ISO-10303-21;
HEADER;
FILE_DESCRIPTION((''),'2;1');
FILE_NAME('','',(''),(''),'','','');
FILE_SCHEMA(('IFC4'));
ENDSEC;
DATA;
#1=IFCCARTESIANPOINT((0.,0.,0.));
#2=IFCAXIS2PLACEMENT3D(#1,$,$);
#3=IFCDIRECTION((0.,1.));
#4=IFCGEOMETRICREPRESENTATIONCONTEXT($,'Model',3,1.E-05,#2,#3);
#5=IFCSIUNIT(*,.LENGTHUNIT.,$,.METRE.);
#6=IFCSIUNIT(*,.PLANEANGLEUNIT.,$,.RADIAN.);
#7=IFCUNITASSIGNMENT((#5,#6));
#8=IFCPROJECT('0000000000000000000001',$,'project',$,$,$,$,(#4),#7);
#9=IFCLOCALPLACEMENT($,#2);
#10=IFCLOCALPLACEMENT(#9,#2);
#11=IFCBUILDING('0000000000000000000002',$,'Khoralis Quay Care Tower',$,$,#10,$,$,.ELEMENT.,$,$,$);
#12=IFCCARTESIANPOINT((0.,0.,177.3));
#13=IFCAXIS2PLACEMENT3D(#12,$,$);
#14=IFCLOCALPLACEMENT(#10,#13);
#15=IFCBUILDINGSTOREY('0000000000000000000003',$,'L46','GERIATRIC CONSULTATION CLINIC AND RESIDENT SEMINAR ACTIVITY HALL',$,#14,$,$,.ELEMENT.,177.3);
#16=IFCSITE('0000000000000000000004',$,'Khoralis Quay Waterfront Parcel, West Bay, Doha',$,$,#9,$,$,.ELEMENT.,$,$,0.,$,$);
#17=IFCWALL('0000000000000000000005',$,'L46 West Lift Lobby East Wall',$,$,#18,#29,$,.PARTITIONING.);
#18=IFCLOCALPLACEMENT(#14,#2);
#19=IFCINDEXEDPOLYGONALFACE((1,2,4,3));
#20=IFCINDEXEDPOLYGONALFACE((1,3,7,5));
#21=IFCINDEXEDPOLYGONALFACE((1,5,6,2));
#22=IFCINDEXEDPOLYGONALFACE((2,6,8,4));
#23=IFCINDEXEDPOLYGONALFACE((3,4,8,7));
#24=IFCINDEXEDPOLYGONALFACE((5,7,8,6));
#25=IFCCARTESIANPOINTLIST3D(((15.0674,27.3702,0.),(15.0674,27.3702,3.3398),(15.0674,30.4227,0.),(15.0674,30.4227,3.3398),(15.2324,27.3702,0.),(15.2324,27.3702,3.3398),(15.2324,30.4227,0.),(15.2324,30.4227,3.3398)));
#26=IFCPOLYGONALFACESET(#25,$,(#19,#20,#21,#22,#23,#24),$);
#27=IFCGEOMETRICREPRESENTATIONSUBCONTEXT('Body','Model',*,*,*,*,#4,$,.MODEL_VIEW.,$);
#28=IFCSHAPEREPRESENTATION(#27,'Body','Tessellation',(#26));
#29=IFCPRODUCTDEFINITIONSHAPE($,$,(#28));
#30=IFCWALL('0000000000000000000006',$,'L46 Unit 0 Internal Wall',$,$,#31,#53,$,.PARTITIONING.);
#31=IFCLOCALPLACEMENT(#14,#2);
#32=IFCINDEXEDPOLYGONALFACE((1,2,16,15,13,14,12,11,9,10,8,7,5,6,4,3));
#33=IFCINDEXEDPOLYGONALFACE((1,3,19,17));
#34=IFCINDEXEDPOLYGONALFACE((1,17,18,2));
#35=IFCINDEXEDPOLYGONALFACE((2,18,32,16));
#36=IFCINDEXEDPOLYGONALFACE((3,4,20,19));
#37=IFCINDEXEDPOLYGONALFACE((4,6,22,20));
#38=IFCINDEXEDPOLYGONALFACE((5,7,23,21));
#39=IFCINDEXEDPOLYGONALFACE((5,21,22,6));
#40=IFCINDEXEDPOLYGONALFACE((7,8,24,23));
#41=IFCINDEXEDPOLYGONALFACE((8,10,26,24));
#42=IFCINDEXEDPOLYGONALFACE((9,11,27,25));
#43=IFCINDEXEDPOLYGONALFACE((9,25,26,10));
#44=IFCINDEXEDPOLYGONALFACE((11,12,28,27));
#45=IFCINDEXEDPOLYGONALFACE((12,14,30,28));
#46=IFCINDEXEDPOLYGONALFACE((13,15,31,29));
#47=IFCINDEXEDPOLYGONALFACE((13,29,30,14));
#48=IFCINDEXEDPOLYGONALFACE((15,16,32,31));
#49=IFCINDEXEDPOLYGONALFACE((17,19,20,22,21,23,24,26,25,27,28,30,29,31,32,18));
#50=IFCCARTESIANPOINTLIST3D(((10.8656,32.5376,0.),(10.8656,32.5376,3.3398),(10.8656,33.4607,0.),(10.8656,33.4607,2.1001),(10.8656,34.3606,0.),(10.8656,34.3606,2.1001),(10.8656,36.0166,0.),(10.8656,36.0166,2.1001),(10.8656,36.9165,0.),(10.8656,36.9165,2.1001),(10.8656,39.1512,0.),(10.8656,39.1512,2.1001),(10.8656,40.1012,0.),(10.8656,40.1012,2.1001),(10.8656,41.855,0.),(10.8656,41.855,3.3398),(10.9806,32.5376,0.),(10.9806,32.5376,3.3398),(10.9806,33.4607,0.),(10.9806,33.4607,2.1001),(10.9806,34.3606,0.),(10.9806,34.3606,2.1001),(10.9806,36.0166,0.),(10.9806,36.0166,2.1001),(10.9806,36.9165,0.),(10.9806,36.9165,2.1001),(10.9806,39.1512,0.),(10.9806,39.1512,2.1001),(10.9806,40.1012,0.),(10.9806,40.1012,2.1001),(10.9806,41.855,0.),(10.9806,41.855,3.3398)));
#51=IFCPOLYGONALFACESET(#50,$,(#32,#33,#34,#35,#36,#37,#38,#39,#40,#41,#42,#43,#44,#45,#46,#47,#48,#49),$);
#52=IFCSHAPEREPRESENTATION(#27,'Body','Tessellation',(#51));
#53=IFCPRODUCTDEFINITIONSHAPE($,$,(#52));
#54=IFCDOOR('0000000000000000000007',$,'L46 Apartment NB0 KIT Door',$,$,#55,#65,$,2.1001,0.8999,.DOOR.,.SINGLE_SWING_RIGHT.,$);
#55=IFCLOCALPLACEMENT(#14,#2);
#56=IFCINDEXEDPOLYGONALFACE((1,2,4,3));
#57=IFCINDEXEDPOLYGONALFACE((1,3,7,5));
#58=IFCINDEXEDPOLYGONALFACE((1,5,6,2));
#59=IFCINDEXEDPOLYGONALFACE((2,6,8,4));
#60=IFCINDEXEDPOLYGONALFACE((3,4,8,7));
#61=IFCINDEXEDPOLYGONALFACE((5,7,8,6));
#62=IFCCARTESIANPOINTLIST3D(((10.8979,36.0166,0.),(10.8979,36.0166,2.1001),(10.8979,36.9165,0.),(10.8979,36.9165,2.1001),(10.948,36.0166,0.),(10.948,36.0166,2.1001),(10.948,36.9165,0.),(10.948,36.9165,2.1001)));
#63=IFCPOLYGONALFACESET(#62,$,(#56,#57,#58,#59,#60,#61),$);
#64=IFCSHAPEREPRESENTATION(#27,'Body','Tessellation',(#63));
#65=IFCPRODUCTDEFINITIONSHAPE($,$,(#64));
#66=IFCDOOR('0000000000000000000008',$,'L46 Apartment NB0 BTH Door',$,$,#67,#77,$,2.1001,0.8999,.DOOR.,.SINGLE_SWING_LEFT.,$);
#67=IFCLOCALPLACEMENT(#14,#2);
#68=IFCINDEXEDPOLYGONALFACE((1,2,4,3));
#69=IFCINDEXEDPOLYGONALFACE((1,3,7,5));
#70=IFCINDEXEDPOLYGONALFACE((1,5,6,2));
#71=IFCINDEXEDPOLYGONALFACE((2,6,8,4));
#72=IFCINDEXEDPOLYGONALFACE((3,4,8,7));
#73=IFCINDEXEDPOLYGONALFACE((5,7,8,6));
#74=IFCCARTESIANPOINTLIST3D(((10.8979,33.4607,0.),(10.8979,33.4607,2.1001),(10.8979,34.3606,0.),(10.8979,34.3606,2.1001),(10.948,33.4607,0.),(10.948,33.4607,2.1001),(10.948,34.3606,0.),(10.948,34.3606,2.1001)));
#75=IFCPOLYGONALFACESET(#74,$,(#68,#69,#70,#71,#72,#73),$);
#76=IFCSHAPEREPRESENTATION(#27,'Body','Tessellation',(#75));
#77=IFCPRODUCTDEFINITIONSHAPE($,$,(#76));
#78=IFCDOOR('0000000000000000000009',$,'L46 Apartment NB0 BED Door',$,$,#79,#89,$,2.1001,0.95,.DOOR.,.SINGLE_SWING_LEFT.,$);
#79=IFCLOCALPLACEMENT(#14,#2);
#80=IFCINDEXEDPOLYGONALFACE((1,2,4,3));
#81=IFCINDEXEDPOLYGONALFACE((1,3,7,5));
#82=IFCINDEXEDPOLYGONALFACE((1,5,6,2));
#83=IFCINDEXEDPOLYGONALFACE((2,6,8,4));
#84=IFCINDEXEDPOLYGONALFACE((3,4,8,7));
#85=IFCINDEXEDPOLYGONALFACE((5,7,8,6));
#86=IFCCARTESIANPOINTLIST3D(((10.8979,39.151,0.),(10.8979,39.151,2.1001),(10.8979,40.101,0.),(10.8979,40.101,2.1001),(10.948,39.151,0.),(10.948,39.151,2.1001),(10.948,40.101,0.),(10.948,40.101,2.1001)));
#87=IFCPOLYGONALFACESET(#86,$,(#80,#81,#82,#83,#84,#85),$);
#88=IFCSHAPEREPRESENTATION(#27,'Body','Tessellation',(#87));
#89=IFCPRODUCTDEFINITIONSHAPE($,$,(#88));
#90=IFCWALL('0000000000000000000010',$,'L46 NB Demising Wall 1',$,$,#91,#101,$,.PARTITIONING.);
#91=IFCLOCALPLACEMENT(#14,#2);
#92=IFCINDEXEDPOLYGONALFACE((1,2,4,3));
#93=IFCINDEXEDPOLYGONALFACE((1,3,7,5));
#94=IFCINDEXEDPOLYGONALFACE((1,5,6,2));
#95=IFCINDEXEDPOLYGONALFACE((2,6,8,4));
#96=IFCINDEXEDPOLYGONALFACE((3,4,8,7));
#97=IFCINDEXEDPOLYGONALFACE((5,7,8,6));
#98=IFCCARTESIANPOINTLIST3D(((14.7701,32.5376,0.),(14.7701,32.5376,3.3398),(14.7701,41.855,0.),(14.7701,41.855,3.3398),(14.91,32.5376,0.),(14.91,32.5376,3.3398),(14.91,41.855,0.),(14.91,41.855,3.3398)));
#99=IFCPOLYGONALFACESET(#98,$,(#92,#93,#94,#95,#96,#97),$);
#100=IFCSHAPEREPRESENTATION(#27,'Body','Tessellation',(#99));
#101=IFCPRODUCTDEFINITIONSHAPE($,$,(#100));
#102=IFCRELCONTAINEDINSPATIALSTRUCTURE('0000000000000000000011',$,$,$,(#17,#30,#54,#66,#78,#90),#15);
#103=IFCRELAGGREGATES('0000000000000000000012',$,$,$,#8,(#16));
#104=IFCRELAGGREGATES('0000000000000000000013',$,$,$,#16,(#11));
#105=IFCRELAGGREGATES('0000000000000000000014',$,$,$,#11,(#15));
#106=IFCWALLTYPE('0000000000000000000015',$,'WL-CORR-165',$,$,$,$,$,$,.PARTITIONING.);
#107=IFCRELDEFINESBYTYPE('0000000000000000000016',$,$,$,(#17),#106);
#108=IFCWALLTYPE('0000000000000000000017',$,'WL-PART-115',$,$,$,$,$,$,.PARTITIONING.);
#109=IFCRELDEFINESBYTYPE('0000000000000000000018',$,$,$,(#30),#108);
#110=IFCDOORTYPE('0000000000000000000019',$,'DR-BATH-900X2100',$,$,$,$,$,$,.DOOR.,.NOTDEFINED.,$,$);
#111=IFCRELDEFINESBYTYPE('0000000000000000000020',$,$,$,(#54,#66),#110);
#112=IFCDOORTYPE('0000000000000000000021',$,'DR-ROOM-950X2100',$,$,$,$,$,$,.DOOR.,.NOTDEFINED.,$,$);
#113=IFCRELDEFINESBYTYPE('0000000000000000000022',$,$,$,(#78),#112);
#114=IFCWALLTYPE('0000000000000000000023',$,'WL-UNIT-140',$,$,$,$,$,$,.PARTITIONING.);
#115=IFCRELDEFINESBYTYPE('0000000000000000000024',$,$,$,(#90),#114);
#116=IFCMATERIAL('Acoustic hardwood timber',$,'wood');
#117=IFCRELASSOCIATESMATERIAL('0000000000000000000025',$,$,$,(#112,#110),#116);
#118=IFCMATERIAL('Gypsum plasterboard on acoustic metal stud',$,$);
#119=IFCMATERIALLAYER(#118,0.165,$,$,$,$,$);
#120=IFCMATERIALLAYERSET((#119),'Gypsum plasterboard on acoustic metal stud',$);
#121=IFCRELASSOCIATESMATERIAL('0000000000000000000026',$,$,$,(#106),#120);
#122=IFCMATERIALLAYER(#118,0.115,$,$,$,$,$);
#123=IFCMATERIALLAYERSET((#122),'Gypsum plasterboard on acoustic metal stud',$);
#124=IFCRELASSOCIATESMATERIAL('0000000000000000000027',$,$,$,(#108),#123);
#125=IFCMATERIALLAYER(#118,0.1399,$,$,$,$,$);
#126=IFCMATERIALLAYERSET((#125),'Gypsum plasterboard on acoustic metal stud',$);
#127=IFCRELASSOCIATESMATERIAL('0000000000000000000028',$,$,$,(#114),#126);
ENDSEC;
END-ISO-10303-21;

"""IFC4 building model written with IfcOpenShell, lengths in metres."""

from ifc_helpers import new_model, si_unit, direction, frame, frame_2d, origin, place, context, subcontext, project, spatial, rectangle, extrude, source, transform, mapped, material, layer, layer_set, type_object, element, fill, save


model = new_model("IFC4")

# Units and contexts
model_context = context("Model", 3, precision=1e-05, world=origin(), true_north=direction((0.0, 1.0)))
body_context = subcontext(model_context, "Body", "Model", "MODEL_VIEW")
ifc_project = project(units=[si_unit("LENGTHUNIT", "METRE"), si_unit("PLANEANGLEUNIT", "RADIAN")], contexts=[model_context])

# Site, building, storey
site_placement = place(None, origin())
site = spatial("IfcSite", under=ifc_project, at=site_placement, Name="Khoralis Quay Waterfront Parcel, West Bay, Doha", CompositionType="ELEMENT", RefElevation=0.0)
building_placement = place(site_placement, origin())
building = spatial("IfcBuilding", under=site, at=building_placement, Name="Khoralis Quay Care Tower", CompositionType="ELEMENT")
storey_placement = place(building_placement, frame((0.0, 0.0, 177.3)))
storey = spatial("IfcBuildingStorey", under=building, at=storey_placement, Name="L46", Description="GERIATRIC CONSULTATION CLINIC AND RESIDENT SEMINAR ACTIVITY HALL", CompositionType="ELEMENT", Elevation=177.3)

# Shared definitions
ifc_material_1 = material(Name="Acoustic hardwood timber", Category="wood")
door_type_1 = type_object("IfcDoorType", Name="DR-ROOM-950X2100", OperationType="NOTDEFINED", PredefinedType="DOOR", material=ifc_material_1)
shared_shape_1 = source(origin(), body_context, "Body", "SweptSolid", [
    extrude(rectangle(XDim=0.95, YDim=2.1001, at=frame_2d((0.4751, 1.05))), frame((0.0, 0.0249, 0.0), z_axis=(0.0, -1.0, 0.0), x_axis=(1.0, 0.0, 0.0)), (0.0, 0.0, 1.0), 0.05),
])

# Shared definitions
ifc_material_2 = material(Name="Gypsum plasterboard on acoustic metal stud")
ifc_layer_1 = layer(ifc_material_2, 0.165)
ifc_layer_set_1 = layer_set([ifc_layer_1], Name="Gypsum plasterboard on acoustic metal stud")
wall_type_1 = type_object("IfcWallType", Name="WL-CORR-165", PredefinedType="PARTITIONING", material=ifc_layer_set_1)

# Wall
wall_1_placement = place(storey_placement, frame((15.1499, 27.3701, 0.0), z_axis=(0.0, 0.0, 1.0), x_axis=(0.0, 1.0, 0.0)))
element("IfcWall", 1, at=wall_1_placement, inside=storey, type_object=wall_type_1, Name="L46 West Lift Lobby East Wall", PredefinedType="PARTITIONING", context=body_context, shape_type="SweptSolid", body=[
    extrude(rectangle(XDim=3.0525, YDim=0.165, at=frame_2d((1.5264, 0.0))), origin(), (0.0, 0.0, 1.0), 3.3398),
])

# Wall, openings, doors
ifc_layer_2 = layer(ifc_material_2, 0.115)
ifc_layer_set_2 = layer_set([ifc_layer_2], Name="Gypsum plasterboard on acoustic metal stud")
wall_type_2 = type_object("IfcWallType", Name="WL-PART-115", PredefinedType="PARTITIONING", material=ifc_layer_set_2)
wall_2_placement = place(storey_placement, frame((10.9231, 32.5376, 0.0), z_axis=(0.0, 0.0, 1.0), x_axis=(0.0, 1.0, 0.0)))
wall_2 = element("IfcWall", 2, at=wall_2_placement, inside=storey, type_object=wall_type_2, Name="L46 Unit 0 Internal Wall", PredefinedType="PARTITIONING", context=body_context, shape_type="SweptSolid", body=[
    extrude(rectangle(XDim=9.3174, YDim=0.115, at=frame_2d((4.6587, 0.0))), origin(), (0.0, 0.0, 1.0), 3.3398),
])
opening_1_placement = place(wall_2_placement, frame((6.6135, 0.0, 0.0)))
opening_1 = element("IfcOpeningElement", 3, at=opening_1_placement, cuts=wall_2, PredefinedType="OPENING", context=body_context, shape_type="SweptSolid", body=[
    extrude(rectangle(XDim=0.95, YDim=2.1001, at=frame_2d((0.4751, 1.05))), frame((0.0, 0.0674, 0.0), z_axis=(0.0, -1.0, 0.0), x_axis=(1.0, 0.0, 0.0)), (0.0, 0.0, 1.0), 0.135),
])
opening_2_placement = place(wall_2_placement, frame((3.479, 0.0, 0.0)))
opening_2 = element("IfcOpeningElement", 4, at=opening_2_placement, cuts=wall_2, PredefinedType="OPENING", context=body_context, shape_type="SweptSolid", body=[
    extrude(rectangle(XDim=0.8999, YDim=2.1001, at=frame_2d((0.45, 1.05))), frame((0.0, 0.0674, 0.0), z_axis=(0.0, -1.0, 0.0), x_axis=(1.0, 0.0, 0.0)), (0.0, 0.0, 1.0), 0.135),
])
opening_3_placement = place(wall_2_placement, frame((0.9231, 0.0, 0.0)))
opening_3 = element("IfcOpeningElement", 5, at=opening_3_placement, cuts=wall_2, PredefinedType="OPENING", context=body_context, shape_type="SweptSolid", body=[
    extrude(rectangle(XDim=0.8999, YDim=2.1001, at=frame_2d((0.45, 1.05))), frame((0.0, 0.0674, 0.0), z_axis=(0.0, -1.0, 0.0), x_axis=(1.0, 0.0, 0.0)), (0.0, 0.0, 1.0), 0.135),
])
door_type_2 = type_object("IfcDoorType", Name="DR-BATH-900X2100", OperationType="NOTDEFINED", PredefinedType="DOOR", material=ifc_material_1)
shared_shape_2 = source(origin(), body_context, "Body", "SweptSolid", [
    extrude(rectangle(XDim=0.8999, YDim=2.1001, at=frame_2d((0.45, 1.05))), frame((0.0, 0.0249, 0.0), z_axis=(0.0, -1.0, 0.0), x_axis=(1.0, 0.0, 0.0)), (0.0, 0.0, 1.0), 0.05),
])
door_1_placement = place(opening_2_placement, frame((0.8999, 0.0, 0.0), z_axis=(0.0, 0.0, 1.0), x_axis=(-1.0, 0.0, 0.0)))
door_1 = element("IfcDoor", 6, at=door_1_placement, inside=storey, type_object=door_type_2, Name="L46 Apartment NB0 KIT Door", OperationType="SINGLE_SWING_RIGHT", OverallHeight=2.1001, OverallWidth=0.8999, PredefinedType="DOOR", context=body_context, shape_type="MappedRepresentation", body=[
    mapped(shared_shape_2, transform((0.0, 0.0, 0.0), scale=1.0)),
])
fill(opening_2, door_1)
door_2_placement = place(opening_3_placement, frame((0.8999, 0.0, 0.0), z_axis=(0.0, 0.0, 1.0), x_axis=(-1.0, 0.0, 0.0)))
door_2 = element("IfcDoor", 7, at=door_2_placement, inside=storey, type_object=door_type_2, Name="L46 Apartment NB0 BTH Door", OperationType="SINGLE_SWING_LEFT", OverallHeight=2.1001, OverallWidth=0.8999, PredefinedType="DOOR", context=body_context, shape_type="MappedRepresentation", body=[
    mapped(shared_shape_2, transform((0.0, 0.0, 0.0), scale=1.0)),
])
fill(opening_3, door_2)
door_3_placement = place(opening_1_placement, frame((0.95, 0.0, 0.0), z_axis=(0.0, 0.0, 1.0), x_axis=(-1.0, 0.0, 0.0)))
door_3 = element("IfcDoor", 8, at=door_3_placement, inside=storey, type_object=door_type_1, Name="L46 Apartment NB0 BED Door", OperationType="SINGLE_SWING_LEFT", OverallHeight=2.1001, OverallWidth=0.95, PredefinedType="DOOR", context=body_context, shape_type="MappedRepresentation", body=[
    mapped(shared_shape_1, transform((0.0, 0.0, 0.0), scale=1.0)),
])
fill(opening_1, door_3)

# Wall
ifc_layer_3 = layer(ifc_material_2, 0.1399)
ifc_layer_set_3 = layer_set([ifc_layer_3], Name="Gypsum plasterboard on acoustic metal stud")
wall_type_3 = type_object("IfcWallType", Name="WL-UNIT-140", PredefinedType="PARTITIONING", material=ifc_layer_set_3)
wall_3_placement = place(storey_placement, frame((14.8401, 32.5376, 0.0), z_axis=(0.0, 0.0, 1.0), x_axis=(0.0, 1.0, 0.0)))
element("IfcWall", 9, at=wall_3_placement, inside=storey, type_object=wall_type_3, Name="L46 NB Demising Wall 1", PredefinedType="PARTITIONING", context=body_context, shape_type="SweptSolid", body=[
    extrude(rectangle(XDim=9.3174, YDim=0.1399, at=frame_2d((4.6587, 0.0))), origin(), (0.0, 0.0, 1.0), 3.3398),
])

save(model, "model.ifc")
